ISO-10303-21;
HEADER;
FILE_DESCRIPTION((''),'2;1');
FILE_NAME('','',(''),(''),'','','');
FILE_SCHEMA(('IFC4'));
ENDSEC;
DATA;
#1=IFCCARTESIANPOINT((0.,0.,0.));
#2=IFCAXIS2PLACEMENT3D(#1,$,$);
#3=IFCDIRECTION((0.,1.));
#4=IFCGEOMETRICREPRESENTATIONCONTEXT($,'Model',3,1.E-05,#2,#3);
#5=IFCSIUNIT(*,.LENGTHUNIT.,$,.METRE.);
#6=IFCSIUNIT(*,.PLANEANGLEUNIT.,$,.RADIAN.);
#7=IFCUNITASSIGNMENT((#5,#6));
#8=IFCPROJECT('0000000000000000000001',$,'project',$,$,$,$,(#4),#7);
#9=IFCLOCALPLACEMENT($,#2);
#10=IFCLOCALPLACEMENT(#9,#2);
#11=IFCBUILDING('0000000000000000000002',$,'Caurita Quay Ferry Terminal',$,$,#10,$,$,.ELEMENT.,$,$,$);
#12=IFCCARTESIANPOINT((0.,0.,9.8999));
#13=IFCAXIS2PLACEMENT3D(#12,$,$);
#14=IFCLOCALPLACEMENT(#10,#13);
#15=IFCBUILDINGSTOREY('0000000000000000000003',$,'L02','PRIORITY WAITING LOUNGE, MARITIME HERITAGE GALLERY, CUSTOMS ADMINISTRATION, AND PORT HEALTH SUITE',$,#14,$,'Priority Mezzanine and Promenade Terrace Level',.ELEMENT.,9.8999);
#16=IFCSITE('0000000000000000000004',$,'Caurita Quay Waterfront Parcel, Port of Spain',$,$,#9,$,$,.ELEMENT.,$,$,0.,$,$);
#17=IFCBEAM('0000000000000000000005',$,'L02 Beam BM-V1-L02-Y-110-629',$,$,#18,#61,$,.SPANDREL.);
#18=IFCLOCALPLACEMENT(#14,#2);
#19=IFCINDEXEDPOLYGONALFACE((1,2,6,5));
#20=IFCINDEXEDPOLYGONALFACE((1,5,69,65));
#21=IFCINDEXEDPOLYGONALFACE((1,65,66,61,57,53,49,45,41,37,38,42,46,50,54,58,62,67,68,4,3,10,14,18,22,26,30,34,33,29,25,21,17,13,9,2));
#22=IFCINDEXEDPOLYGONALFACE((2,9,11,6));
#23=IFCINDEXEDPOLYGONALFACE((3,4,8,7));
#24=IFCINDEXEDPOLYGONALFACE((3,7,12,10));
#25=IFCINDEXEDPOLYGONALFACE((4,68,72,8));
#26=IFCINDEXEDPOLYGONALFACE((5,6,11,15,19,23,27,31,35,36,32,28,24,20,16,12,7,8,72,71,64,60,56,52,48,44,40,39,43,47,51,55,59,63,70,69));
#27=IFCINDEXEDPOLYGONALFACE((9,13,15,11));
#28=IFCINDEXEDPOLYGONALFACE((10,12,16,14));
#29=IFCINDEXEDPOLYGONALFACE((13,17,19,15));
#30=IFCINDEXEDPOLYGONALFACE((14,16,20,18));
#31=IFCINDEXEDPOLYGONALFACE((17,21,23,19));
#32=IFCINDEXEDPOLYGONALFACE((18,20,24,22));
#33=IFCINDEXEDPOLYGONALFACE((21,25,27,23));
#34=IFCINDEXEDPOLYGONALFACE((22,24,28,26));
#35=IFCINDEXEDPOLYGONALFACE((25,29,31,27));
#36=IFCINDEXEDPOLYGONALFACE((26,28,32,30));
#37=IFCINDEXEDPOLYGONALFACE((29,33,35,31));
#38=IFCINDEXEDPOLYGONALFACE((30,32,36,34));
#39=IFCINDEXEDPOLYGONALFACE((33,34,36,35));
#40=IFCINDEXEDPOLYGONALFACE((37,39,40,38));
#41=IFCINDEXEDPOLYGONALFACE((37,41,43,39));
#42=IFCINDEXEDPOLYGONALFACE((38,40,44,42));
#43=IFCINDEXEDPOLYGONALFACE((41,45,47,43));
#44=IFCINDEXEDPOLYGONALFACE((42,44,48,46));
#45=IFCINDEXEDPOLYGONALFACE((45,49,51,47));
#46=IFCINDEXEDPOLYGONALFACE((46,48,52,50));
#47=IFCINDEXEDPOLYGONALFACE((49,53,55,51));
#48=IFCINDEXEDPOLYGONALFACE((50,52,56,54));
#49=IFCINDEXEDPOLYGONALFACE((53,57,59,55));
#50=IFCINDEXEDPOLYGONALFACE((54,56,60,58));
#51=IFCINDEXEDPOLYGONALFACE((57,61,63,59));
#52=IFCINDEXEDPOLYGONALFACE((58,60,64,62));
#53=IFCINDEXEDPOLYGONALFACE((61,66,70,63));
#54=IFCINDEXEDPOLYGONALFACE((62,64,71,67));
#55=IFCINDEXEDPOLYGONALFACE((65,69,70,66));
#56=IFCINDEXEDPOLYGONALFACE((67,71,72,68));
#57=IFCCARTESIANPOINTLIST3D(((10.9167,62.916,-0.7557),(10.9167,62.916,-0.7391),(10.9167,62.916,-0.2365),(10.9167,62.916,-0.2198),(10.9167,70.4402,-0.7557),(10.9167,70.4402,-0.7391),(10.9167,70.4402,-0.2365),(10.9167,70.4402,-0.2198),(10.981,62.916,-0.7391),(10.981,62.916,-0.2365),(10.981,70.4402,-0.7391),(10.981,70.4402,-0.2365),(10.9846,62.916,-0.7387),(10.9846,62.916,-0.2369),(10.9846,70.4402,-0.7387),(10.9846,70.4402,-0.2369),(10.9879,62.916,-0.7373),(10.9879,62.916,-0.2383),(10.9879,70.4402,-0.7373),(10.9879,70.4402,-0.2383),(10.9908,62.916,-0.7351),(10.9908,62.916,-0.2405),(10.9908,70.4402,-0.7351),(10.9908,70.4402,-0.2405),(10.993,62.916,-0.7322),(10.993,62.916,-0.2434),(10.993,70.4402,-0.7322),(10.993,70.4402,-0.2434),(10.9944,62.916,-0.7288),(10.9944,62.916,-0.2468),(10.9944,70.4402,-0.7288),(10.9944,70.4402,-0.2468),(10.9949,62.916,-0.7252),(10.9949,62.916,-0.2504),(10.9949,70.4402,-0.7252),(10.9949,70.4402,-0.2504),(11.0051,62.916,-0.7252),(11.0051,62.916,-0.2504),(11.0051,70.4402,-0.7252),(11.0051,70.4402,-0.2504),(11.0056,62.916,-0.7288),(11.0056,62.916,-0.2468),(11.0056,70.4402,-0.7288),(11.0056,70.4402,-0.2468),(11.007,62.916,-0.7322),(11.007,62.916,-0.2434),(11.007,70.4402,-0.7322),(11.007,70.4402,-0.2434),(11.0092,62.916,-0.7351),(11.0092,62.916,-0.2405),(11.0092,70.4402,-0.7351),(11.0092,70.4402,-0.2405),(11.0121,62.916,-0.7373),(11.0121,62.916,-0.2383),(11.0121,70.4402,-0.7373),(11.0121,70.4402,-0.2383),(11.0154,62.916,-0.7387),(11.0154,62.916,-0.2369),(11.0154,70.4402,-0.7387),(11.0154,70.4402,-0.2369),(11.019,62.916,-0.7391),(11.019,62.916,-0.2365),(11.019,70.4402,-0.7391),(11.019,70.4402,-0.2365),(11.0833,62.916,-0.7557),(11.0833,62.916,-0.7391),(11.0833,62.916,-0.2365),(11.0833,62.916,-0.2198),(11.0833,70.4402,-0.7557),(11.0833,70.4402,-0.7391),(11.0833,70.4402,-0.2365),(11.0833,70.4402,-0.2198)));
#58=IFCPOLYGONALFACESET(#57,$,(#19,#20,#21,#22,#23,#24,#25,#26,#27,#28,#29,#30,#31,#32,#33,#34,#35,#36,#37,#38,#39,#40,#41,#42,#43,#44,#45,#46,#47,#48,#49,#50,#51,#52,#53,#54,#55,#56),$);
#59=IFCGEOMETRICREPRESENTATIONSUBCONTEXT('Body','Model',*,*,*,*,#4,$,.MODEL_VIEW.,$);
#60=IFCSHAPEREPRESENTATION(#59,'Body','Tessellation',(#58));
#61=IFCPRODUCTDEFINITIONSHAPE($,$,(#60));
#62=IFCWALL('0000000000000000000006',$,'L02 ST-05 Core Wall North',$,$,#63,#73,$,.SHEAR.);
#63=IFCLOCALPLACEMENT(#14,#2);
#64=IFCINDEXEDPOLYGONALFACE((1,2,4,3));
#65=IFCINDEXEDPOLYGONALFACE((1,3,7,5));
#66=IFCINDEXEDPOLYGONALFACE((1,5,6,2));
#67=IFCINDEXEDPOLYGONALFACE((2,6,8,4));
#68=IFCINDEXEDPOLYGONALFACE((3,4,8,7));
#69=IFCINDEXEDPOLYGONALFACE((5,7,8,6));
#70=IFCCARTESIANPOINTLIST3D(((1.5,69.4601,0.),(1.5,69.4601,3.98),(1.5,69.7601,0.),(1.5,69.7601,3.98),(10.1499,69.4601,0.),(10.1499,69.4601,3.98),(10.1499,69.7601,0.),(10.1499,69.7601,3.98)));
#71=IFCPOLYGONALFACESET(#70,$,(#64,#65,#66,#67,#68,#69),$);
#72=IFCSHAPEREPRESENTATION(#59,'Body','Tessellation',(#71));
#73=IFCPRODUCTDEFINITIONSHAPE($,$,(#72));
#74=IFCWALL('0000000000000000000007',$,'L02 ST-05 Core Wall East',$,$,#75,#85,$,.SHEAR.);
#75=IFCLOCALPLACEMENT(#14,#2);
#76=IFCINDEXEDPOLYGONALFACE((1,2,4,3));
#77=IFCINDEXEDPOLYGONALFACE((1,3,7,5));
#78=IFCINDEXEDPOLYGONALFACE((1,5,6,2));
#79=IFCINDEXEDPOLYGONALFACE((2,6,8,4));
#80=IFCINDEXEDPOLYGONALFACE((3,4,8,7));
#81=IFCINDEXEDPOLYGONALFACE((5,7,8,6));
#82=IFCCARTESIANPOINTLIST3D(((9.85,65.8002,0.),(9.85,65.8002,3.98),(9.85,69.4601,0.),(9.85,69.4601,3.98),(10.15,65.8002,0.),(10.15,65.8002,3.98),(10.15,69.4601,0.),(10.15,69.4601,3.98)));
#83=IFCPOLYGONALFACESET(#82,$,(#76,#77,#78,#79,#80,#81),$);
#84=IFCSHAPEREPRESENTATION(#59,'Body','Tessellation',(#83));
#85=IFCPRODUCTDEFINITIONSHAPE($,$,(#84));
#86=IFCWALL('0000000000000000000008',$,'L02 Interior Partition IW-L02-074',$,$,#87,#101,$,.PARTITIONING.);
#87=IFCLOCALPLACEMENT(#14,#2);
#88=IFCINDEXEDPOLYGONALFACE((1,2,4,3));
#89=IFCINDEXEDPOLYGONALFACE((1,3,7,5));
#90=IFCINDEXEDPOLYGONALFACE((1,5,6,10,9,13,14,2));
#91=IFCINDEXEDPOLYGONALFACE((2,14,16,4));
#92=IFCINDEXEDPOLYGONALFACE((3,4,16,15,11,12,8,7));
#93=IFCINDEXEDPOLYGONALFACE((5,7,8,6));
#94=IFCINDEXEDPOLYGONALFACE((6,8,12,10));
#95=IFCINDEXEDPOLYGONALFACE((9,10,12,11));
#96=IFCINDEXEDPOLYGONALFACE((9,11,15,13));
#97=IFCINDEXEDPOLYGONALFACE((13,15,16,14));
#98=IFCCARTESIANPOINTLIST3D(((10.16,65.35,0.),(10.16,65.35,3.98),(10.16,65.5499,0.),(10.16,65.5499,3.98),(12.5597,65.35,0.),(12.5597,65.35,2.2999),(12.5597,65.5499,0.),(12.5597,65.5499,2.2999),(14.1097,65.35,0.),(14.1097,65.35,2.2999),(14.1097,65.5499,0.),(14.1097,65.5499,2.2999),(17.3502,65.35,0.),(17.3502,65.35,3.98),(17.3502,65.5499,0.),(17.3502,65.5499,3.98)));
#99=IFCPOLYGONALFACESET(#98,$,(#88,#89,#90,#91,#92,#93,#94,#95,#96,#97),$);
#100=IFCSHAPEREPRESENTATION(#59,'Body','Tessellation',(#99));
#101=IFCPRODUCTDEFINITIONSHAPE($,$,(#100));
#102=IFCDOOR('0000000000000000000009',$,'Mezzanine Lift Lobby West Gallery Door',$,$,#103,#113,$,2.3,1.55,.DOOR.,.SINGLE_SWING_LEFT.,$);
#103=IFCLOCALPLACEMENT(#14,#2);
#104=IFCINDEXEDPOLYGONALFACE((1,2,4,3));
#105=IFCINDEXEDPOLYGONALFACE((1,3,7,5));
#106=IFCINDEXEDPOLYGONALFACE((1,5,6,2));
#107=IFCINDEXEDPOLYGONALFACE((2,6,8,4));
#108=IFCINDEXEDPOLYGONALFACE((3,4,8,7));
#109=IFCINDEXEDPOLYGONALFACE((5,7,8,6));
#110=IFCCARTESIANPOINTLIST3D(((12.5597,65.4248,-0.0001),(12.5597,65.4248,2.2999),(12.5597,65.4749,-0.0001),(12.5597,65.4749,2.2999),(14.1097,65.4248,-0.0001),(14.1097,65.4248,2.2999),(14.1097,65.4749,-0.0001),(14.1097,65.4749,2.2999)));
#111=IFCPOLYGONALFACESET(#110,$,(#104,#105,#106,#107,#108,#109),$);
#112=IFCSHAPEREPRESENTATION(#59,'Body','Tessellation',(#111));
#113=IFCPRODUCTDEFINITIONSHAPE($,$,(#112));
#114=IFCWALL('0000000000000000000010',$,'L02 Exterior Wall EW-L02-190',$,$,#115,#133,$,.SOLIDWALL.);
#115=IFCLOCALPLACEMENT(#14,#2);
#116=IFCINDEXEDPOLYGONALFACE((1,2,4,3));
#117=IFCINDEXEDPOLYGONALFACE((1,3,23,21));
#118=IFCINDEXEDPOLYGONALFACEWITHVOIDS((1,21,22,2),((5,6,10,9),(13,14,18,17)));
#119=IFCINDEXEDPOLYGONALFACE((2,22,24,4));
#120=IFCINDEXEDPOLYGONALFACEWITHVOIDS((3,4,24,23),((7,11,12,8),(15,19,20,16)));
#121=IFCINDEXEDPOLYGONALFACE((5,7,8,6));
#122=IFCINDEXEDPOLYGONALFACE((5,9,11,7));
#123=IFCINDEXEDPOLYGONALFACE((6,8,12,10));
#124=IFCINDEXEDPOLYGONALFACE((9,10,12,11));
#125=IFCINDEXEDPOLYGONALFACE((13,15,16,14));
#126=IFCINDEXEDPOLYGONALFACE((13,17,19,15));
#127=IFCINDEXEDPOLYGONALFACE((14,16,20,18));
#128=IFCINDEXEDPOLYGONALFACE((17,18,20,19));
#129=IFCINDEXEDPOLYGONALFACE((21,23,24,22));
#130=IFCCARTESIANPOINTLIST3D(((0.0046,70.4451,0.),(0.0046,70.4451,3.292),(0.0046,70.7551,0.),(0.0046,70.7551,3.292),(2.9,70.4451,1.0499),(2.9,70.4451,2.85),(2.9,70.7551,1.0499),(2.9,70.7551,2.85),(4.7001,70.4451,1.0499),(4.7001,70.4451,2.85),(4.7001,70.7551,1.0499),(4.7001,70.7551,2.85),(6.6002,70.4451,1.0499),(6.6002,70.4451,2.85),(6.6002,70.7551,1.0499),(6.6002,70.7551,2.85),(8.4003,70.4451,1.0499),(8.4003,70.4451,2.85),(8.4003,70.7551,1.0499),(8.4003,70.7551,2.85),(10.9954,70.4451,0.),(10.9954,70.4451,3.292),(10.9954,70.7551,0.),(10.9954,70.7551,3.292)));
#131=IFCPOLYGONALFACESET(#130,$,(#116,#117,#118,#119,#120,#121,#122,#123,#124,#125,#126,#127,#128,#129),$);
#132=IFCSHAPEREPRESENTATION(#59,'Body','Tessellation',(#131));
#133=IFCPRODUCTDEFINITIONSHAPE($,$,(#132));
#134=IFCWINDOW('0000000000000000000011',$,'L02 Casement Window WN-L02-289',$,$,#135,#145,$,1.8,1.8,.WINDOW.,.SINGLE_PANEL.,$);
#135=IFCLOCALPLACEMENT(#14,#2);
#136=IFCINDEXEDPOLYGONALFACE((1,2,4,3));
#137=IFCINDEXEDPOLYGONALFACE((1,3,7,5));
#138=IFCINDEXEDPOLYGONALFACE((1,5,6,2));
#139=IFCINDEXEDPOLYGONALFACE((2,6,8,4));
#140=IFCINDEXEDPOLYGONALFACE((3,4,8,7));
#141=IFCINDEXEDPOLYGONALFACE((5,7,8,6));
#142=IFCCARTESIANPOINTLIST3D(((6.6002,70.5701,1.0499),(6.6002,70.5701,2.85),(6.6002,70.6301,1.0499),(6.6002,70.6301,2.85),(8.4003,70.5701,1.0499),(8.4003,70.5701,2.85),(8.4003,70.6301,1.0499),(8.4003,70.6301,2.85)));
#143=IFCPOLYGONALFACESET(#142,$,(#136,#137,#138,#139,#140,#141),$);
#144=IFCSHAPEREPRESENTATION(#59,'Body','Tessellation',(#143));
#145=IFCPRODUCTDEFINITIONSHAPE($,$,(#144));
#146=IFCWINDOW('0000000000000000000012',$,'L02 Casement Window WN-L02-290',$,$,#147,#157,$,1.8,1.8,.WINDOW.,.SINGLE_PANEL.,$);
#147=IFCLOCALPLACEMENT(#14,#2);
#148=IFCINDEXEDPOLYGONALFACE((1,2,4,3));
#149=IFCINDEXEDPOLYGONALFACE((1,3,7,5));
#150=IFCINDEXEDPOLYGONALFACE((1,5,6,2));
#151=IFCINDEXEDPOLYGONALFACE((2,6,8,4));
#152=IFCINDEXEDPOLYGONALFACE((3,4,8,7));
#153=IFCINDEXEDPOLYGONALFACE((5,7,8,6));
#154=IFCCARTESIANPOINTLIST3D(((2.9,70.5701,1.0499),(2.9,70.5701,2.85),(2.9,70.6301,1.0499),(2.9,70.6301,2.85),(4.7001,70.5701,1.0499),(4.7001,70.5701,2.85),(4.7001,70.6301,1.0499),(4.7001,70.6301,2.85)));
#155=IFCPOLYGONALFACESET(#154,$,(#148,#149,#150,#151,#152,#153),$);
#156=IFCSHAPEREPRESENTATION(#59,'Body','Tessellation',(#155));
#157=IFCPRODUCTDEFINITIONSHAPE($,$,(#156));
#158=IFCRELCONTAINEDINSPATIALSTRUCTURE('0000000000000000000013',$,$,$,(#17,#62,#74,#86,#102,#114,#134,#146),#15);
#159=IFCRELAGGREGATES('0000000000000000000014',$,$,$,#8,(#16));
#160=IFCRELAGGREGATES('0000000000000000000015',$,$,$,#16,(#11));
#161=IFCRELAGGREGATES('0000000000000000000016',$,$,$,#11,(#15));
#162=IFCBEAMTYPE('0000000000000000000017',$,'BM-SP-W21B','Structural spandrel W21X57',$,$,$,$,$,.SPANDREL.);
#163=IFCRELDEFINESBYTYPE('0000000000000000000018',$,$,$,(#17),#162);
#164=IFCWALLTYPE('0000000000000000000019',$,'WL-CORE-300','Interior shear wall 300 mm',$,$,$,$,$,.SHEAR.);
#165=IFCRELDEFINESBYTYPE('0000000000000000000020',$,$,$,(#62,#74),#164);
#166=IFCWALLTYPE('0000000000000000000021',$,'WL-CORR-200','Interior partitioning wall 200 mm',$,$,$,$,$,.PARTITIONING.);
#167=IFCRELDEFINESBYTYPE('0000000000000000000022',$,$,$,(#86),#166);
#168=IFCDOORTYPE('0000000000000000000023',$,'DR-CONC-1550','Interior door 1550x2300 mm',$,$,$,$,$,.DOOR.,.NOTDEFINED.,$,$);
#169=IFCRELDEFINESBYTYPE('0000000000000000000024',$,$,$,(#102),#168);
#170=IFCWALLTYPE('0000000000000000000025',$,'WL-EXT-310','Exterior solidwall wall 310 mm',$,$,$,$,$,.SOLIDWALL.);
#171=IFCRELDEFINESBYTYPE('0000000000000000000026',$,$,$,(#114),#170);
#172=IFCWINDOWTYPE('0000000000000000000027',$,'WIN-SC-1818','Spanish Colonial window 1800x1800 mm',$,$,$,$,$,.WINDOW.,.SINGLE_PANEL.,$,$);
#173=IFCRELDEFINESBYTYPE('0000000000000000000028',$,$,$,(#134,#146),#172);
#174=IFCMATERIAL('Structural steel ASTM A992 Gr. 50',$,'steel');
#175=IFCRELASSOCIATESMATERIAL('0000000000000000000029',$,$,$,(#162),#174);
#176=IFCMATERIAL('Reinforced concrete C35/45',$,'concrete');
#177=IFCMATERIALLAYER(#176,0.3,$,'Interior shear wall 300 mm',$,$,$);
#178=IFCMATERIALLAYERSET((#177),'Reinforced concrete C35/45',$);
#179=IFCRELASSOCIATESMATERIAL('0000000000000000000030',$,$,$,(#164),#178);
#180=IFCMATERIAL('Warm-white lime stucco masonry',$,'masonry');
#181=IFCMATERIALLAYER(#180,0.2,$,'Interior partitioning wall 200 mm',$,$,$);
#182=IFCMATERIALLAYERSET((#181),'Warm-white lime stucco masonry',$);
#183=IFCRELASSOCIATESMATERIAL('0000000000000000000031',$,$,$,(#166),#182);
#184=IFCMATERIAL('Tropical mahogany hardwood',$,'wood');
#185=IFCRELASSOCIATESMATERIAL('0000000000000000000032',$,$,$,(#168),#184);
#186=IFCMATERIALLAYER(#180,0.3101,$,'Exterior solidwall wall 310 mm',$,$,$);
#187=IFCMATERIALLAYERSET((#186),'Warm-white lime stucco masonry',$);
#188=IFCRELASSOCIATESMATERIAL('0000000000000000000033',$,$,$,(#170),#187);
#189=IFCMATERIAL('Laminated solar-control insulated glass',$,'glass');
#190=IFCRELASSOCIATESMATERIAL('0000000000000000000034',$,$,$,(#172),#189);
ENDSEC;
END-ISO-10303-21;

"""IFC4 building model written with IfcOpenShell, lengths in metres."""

from ifc_helpers import new_model, si_unit, direction, frame, frame_2d, origin, origin_2d, place, context, subcontext, project, spatial, rectangle, i_section, extrude, material, layer, layer_set, material_profile, profile_set, type_object, element, fill, save


model = new_model("IFC4")

# Units and contexts
model_context = context("Model", 3, precision=1e-05, world=origin(), true_north=direction((0.0, 1.0)))
body_context = subcontext(model_context, "Body", "Model", "MODEL_VIEW")
ifc_project = project(units=[si_unit("LENGTHUNIT", "METRE"), si_unit("PLANEANGLEUNIT", "RADIAN")], contexts=[model_context])

# Site, building, storey
site_placement = place(None, origin())
site = spatial("IfcSite", under=ifc_project, at=site_placement, Name="Caurita Quay Waterfront Parcel, Port of Spain", CompositionType="ELEMENT", RefElevation=0.0)
building_placement = place(site_placement, origin())
building = spatial("IfcBuilding", under=site, at=building_placement, Name="Caurita Quay Ferry Terminal", CompositionType="ELEMENT")
storey_placement = place(building_placement, frame((0.0, 0.0, 9.8999)))
storey = spatial("IfcBuildingStorey", under=building, at=storey_placement, Name="L02", Description="PRIORITY WAITING LOUNGE, MARITIME HERITAGE GALLERY, CUSTOMS ADMINISTRATION, AND PORT HEALTH SUITE", LongName="Priority Mezzanine and Promenade Terrace Level", CompositionType="ELEMENT", Elevation=9.8999)

# Shared definitions
ifc_material_1 = material(Name="Reinforced concrete C35/45", Category="concrete")
ifc_material_2 = material(Name="Structural steel ASTM A992 Gr. 50", Category="steel")

# Beam
ifc_material_profile_1 = material_profile(ifc_material_2, i_section(OverallWidth=0.1665, OverallDepth=0.5359, WebThickness=0.0103, FlangeThickness=0.0166, FilletRadius=0.0139, at=origin_2d()), Name="W21X57")
ifc_profile_set_1 = profile_set([ifc_material_profile_1], Name="Structural steel ASTM A992 Gr. 50")
beam_type_1 = type_object("IfcBeamType", Name="BM-SP-W21B", Description="Structural spandrel W21X57", PredefinedType="SPANDREL", material=ifc_profile_set_1)
beam_1_placement = place(storey_placement, frame((11.0, 62.916, -0.4878), z_axis=(0.0, 1.0, 0.0), x_axis=(-1.0, 0.0, 0.0)))
element("IfcBeam", 1, at=beam_1_placement, inside=storey, type_object=beam_type_1, Name="L02 Beam BM-V1-L02-Y-110-629", PredefinedType="SPANDREL", context=body_context, shape_type="SweptSolid", body=[
    extrude(i_section(OverallWidth=0.1665, OverallDepth=0.5359, WebThickness=0.0103, FlangeThickness=0.0166, FilletRadius=0.0139, at=origin_2d()), origin(), (0.0, 0.0, 1.0), 7.5242),
])

# Walls
ifc_layer_1 = layer(ifc_material_1, 0.3, Name="Interior shear wall 300 mm")
ifc_layer_set_1 = layer_set([ifc_layer_1], Name="Reinforced concrete C35/45")
wall_type_1 = type_object("IfcWallType", Name="WL-CORE-300", Description="Interior shear wall 300 mm", PredefinedType="SHEAR", material=ifc_layer_set_1)
wall_1_placement = place(storey_placement, frame((10.1499, 69.6101, 0.0), z_axis=(0.0, 0.0, 1.0), x_axis=(-1.0, 0.0, 0.0)))
element("IfcWall", 2, at=wall_1_placement, inside=storey, type_object=wall_type_1, Name="L02 ST-05 Core Wall North", PredefinedType="SHEAR", context=body_context, shape_type="SweptSolid", body=[
    extrude(rectangle(XDim=8.6499, YDim=0.3, at=frame_2d((4.325, 0.0))), origin(), (0.0, 0.0, 1.0), 3.98),
])
wall_2_placement = place(storey_placement, frame((10.0, 65.8, 0.0), z_axis=(0.0, 0.0, 1.0), x_axis=(0.0, 1.0, 0.0)))
element("IfcWall", 3, at=wall_2_placement, inside=storey, type_object=wall_type_1, Name="L02 ST-05 Core Wall East", PredefinedType="SHEAR", context=body_context, shape_type="SweptSolid", body=[
    extrude(rectangle(XDim=3.6599, YDim=0.3, at=frame_2d((1.8301, 0.0))), origin(), (0.0, 0.0, 1.0), 3.98),
])

# Wall, opening, door
ifc_material_3 = material(Name="Warm-white lime stucco masonry", Category="masonry")
ifc_layer_2 = layer(ifc_material_3, 0.2, Name="Interior partitioning wall 200 mm")
ifc_layer_set_2 = layer_set([ifc_layer_2], Name="Warm-white lime stucco masonry")
wall_type_2 = type_object("IfcWallType", Name="WL-CORR-200", Description="Interior partitioning wall 200 mm", PredefinedType="PARTITIONING", material=ifc_layer_set_2)
wall_3_placement = place(storey_placement, frame((10.1599, 65.45, 0.0), z_axis=(0.0, 0.0, 1.0), x_axis=(1.0, 0.0, 0.0)))
wall_3 = element("IfcWall", 4, at=wall_3_placement, inside=storey, type_object=wall_type_2, Name="L02 Interior Partition IW-L02-074", PredefinedType="PARTITIONING", context=body_context, shape_type="SweptSolid", body=[
    extrude(rectangle(XDim=7.1902, YDim=0.2, at=frame_2d((3.5952, 0.0))), origin(), (0.0, 0.0, 1.0), 3.98),
])
opening_1_placement = place(wall_3_placement, frame((2.3999, 0.0, 0.0)))
opening_1 = element("IfcOpeningElement", 5, at=opening_1_placement, cuts=wall_3, PredefinedType="OPENING", context=body_context, shape_type="SweptSolid", body=[
    extrude(rectangle(XDim=1.55, YDim=2.3, at=frame_2d((0.7749, 1.1499))), frame((0.0, 0.1099, 0.0), z_axis=(0.0, -1.0, 0.0), x_axis=(1.0, 0.0, 0.0)), (0.0, 0.0, 1.0), 0.22),
])
ifc_material_4 = material(Name="Tropical mahogany hardwood", Category="wood")
door_type_1 = type_object("IfcDoorType", Name="DR-CONC-1550", Description="Interior door 1550x2300 mm", OperationType="NOTDEFINED", PredefinedType="DOOR", material=ifc_material_4)
door_1_placement = place(opening_1_placement, origin())
door_1 = element("IfcDoor", 6, at=door_1_placement, inside=storey, type_object=door_type_1, Name="Mezzanine Lift Lobby West Gallery Door", OperationType="SINGLE_SWING_LEFT", OverallHeight=2.3, OverallWidth=1.55, PredefinedType="DOOR", context=body_context, shape_type="SweptSolid", body=[
    extrude(rectangle(XDim=1.55, YDim=2.3, at=frame_2d((0.7749, 1.1499))), frame((0.0, 0.0249, 0.0), z_axis=(0.0, -1.0, 0.0), x_axis=(1.0, 0.0, 0.0)), (0.0, 0.0, 1.0), 0.05),
])
fill(opening_1, door_1)

# Wall, openings, windows
ifc_layer_3 = layer(ifc_material_3, 0.3101, Name="Exterior solidwall wall 310 mm")
ifc_layer_set_3 = layer_set([ifc_layer_3], Name="Warm-white lime stucco masonry")
wall_type_3 = type_object("IfcWallType", Name="WL-EXT-310", Description="Exterior solidwall wall 310 mm", PredefinedType="SOLIDWALL", material=ifc_layer_set_3)
wall_4_placement = place(storey_placement, frame((10.9954, 70.6001, 0.0), z_axis=(0.0, 0.0, 1.0), x_axis=(-1.0, 0.0, 0.0)))
wall_4 = element("IfcWall", 7, at=wall_4_placement, inside=storey, type_object=wall_type_3, Name="L02 Exterior Wall EW-L02-190", PredefinedType="SOLIDWALL", context=body_context, shape_type="SweptSolid", body=[
    extrude(rectangle(XDim=10.9907, YDim=0.3101, at=frame_2d((5.4954, 0.0))), origin(), (0.0, 0.0, 1.0), 3.292),
])
opening_2_placement = place(wall_4_placement, frame((2.5952, 0.0, 1.05)))
opening_2 = element("IfcOpeningElement", 8, at=opening_2_placement, cuts=wall_4, PredefinedType="OPENING", context=body_context, shape_type="SweptSolid", body=[
    extrude(rectangle(XDim=1.8, YDim=1.8, at=frame_2d((0.8999, 0.8999))), frame((0.0, 0.165, 0.0), z_axis=(0.0, -1.0, 0.0), x_axis=(1.0, 0.0, 0.0)), (0.0, 0.0, 1.0), 0.3301),
])
opening_3_placement = place(wall_4_placement, frame((6.2954, 0.0, 1.05)))
opening_3 = element("IfcOpeningElement", 9, at=opening_3_placement, cuts=wall_4, PredefinedType="OPENING", context=body_context, shape_type="SweptSolid", body=[
    extrude(rectangle(XDim=1.8, YDim=1.8, at=frame_2d((0.8999, 0.8999))), frame((0.0, 0.165, 0.0), z_axis=(0.0, -1.0, 0.0), x_axis=(1.0, 0.0, 0.0)), (0.0, 0.0, 1.0), 0.3301),
])
ifc_material_5 = material(Name="Laminated solar-control insulated glass", Category="glass")
window_type = type_object("IfcWindowType", Name="WIN-SC-1818", Description="Spanish Colonial window 1800x1800 mm", PartitioningType="SINGLE_PANEL", PredefinedType="WINDOW", material=ifc_material_5)
window_1_placement = place(opening_2_placement, origin())
window_1 = element("IfcWindow", 10, at=window_1_placement, inside=storey, type_object=window_type, Name="L02 Casement Window WN-L02-289", OverallHeight=1.8, OverallWidth=1.8, PartitioningType="SINGLE_PANEL", PredefinedType="WINDOW", context=body_context, shape_type="SweptSolid", body=[
    extrude(rectangle(XDim=1.8, YDim=1.8, at=frame_2d((0.8999, 0.8999))), frame((0.0, 0.03, 0.0), z_axis=(0.0, -1.0, 0.0), x_axis=(1.0, 0.0, 0.0)), (0.0, 0.0, 1.0), 0.0601),
])
fill(opening_2, window_1)
window_2_placement = place(opening_3_placement, origin())
window_2 = element("IfcWindow", 11, at=window_2_placement, inside=storey, type_object=window_type, Name="L02 Casement Window WN-L02-290", OverallHeight=1.8, OverallWidth=1.8, PartitioningType="SINGLE_PANEL", PredefinedType="WINDOW", context=body_context, shape_type="SweptSolid", body=[
    extrude(rectangle(XDim=1.8, YDim=1.8, at=frame_2d((0.8999, 0.8999))), frame((0.0, 0.03, 0.0), z_axis=(0.0, -1.0, 0.0), x_axis=(1.0, 0.0, 0.0)), (0.0, 0.0, 1.0), 0.0601),
])
fill(opening_3, window_2)

save(model, "model.ifc")
